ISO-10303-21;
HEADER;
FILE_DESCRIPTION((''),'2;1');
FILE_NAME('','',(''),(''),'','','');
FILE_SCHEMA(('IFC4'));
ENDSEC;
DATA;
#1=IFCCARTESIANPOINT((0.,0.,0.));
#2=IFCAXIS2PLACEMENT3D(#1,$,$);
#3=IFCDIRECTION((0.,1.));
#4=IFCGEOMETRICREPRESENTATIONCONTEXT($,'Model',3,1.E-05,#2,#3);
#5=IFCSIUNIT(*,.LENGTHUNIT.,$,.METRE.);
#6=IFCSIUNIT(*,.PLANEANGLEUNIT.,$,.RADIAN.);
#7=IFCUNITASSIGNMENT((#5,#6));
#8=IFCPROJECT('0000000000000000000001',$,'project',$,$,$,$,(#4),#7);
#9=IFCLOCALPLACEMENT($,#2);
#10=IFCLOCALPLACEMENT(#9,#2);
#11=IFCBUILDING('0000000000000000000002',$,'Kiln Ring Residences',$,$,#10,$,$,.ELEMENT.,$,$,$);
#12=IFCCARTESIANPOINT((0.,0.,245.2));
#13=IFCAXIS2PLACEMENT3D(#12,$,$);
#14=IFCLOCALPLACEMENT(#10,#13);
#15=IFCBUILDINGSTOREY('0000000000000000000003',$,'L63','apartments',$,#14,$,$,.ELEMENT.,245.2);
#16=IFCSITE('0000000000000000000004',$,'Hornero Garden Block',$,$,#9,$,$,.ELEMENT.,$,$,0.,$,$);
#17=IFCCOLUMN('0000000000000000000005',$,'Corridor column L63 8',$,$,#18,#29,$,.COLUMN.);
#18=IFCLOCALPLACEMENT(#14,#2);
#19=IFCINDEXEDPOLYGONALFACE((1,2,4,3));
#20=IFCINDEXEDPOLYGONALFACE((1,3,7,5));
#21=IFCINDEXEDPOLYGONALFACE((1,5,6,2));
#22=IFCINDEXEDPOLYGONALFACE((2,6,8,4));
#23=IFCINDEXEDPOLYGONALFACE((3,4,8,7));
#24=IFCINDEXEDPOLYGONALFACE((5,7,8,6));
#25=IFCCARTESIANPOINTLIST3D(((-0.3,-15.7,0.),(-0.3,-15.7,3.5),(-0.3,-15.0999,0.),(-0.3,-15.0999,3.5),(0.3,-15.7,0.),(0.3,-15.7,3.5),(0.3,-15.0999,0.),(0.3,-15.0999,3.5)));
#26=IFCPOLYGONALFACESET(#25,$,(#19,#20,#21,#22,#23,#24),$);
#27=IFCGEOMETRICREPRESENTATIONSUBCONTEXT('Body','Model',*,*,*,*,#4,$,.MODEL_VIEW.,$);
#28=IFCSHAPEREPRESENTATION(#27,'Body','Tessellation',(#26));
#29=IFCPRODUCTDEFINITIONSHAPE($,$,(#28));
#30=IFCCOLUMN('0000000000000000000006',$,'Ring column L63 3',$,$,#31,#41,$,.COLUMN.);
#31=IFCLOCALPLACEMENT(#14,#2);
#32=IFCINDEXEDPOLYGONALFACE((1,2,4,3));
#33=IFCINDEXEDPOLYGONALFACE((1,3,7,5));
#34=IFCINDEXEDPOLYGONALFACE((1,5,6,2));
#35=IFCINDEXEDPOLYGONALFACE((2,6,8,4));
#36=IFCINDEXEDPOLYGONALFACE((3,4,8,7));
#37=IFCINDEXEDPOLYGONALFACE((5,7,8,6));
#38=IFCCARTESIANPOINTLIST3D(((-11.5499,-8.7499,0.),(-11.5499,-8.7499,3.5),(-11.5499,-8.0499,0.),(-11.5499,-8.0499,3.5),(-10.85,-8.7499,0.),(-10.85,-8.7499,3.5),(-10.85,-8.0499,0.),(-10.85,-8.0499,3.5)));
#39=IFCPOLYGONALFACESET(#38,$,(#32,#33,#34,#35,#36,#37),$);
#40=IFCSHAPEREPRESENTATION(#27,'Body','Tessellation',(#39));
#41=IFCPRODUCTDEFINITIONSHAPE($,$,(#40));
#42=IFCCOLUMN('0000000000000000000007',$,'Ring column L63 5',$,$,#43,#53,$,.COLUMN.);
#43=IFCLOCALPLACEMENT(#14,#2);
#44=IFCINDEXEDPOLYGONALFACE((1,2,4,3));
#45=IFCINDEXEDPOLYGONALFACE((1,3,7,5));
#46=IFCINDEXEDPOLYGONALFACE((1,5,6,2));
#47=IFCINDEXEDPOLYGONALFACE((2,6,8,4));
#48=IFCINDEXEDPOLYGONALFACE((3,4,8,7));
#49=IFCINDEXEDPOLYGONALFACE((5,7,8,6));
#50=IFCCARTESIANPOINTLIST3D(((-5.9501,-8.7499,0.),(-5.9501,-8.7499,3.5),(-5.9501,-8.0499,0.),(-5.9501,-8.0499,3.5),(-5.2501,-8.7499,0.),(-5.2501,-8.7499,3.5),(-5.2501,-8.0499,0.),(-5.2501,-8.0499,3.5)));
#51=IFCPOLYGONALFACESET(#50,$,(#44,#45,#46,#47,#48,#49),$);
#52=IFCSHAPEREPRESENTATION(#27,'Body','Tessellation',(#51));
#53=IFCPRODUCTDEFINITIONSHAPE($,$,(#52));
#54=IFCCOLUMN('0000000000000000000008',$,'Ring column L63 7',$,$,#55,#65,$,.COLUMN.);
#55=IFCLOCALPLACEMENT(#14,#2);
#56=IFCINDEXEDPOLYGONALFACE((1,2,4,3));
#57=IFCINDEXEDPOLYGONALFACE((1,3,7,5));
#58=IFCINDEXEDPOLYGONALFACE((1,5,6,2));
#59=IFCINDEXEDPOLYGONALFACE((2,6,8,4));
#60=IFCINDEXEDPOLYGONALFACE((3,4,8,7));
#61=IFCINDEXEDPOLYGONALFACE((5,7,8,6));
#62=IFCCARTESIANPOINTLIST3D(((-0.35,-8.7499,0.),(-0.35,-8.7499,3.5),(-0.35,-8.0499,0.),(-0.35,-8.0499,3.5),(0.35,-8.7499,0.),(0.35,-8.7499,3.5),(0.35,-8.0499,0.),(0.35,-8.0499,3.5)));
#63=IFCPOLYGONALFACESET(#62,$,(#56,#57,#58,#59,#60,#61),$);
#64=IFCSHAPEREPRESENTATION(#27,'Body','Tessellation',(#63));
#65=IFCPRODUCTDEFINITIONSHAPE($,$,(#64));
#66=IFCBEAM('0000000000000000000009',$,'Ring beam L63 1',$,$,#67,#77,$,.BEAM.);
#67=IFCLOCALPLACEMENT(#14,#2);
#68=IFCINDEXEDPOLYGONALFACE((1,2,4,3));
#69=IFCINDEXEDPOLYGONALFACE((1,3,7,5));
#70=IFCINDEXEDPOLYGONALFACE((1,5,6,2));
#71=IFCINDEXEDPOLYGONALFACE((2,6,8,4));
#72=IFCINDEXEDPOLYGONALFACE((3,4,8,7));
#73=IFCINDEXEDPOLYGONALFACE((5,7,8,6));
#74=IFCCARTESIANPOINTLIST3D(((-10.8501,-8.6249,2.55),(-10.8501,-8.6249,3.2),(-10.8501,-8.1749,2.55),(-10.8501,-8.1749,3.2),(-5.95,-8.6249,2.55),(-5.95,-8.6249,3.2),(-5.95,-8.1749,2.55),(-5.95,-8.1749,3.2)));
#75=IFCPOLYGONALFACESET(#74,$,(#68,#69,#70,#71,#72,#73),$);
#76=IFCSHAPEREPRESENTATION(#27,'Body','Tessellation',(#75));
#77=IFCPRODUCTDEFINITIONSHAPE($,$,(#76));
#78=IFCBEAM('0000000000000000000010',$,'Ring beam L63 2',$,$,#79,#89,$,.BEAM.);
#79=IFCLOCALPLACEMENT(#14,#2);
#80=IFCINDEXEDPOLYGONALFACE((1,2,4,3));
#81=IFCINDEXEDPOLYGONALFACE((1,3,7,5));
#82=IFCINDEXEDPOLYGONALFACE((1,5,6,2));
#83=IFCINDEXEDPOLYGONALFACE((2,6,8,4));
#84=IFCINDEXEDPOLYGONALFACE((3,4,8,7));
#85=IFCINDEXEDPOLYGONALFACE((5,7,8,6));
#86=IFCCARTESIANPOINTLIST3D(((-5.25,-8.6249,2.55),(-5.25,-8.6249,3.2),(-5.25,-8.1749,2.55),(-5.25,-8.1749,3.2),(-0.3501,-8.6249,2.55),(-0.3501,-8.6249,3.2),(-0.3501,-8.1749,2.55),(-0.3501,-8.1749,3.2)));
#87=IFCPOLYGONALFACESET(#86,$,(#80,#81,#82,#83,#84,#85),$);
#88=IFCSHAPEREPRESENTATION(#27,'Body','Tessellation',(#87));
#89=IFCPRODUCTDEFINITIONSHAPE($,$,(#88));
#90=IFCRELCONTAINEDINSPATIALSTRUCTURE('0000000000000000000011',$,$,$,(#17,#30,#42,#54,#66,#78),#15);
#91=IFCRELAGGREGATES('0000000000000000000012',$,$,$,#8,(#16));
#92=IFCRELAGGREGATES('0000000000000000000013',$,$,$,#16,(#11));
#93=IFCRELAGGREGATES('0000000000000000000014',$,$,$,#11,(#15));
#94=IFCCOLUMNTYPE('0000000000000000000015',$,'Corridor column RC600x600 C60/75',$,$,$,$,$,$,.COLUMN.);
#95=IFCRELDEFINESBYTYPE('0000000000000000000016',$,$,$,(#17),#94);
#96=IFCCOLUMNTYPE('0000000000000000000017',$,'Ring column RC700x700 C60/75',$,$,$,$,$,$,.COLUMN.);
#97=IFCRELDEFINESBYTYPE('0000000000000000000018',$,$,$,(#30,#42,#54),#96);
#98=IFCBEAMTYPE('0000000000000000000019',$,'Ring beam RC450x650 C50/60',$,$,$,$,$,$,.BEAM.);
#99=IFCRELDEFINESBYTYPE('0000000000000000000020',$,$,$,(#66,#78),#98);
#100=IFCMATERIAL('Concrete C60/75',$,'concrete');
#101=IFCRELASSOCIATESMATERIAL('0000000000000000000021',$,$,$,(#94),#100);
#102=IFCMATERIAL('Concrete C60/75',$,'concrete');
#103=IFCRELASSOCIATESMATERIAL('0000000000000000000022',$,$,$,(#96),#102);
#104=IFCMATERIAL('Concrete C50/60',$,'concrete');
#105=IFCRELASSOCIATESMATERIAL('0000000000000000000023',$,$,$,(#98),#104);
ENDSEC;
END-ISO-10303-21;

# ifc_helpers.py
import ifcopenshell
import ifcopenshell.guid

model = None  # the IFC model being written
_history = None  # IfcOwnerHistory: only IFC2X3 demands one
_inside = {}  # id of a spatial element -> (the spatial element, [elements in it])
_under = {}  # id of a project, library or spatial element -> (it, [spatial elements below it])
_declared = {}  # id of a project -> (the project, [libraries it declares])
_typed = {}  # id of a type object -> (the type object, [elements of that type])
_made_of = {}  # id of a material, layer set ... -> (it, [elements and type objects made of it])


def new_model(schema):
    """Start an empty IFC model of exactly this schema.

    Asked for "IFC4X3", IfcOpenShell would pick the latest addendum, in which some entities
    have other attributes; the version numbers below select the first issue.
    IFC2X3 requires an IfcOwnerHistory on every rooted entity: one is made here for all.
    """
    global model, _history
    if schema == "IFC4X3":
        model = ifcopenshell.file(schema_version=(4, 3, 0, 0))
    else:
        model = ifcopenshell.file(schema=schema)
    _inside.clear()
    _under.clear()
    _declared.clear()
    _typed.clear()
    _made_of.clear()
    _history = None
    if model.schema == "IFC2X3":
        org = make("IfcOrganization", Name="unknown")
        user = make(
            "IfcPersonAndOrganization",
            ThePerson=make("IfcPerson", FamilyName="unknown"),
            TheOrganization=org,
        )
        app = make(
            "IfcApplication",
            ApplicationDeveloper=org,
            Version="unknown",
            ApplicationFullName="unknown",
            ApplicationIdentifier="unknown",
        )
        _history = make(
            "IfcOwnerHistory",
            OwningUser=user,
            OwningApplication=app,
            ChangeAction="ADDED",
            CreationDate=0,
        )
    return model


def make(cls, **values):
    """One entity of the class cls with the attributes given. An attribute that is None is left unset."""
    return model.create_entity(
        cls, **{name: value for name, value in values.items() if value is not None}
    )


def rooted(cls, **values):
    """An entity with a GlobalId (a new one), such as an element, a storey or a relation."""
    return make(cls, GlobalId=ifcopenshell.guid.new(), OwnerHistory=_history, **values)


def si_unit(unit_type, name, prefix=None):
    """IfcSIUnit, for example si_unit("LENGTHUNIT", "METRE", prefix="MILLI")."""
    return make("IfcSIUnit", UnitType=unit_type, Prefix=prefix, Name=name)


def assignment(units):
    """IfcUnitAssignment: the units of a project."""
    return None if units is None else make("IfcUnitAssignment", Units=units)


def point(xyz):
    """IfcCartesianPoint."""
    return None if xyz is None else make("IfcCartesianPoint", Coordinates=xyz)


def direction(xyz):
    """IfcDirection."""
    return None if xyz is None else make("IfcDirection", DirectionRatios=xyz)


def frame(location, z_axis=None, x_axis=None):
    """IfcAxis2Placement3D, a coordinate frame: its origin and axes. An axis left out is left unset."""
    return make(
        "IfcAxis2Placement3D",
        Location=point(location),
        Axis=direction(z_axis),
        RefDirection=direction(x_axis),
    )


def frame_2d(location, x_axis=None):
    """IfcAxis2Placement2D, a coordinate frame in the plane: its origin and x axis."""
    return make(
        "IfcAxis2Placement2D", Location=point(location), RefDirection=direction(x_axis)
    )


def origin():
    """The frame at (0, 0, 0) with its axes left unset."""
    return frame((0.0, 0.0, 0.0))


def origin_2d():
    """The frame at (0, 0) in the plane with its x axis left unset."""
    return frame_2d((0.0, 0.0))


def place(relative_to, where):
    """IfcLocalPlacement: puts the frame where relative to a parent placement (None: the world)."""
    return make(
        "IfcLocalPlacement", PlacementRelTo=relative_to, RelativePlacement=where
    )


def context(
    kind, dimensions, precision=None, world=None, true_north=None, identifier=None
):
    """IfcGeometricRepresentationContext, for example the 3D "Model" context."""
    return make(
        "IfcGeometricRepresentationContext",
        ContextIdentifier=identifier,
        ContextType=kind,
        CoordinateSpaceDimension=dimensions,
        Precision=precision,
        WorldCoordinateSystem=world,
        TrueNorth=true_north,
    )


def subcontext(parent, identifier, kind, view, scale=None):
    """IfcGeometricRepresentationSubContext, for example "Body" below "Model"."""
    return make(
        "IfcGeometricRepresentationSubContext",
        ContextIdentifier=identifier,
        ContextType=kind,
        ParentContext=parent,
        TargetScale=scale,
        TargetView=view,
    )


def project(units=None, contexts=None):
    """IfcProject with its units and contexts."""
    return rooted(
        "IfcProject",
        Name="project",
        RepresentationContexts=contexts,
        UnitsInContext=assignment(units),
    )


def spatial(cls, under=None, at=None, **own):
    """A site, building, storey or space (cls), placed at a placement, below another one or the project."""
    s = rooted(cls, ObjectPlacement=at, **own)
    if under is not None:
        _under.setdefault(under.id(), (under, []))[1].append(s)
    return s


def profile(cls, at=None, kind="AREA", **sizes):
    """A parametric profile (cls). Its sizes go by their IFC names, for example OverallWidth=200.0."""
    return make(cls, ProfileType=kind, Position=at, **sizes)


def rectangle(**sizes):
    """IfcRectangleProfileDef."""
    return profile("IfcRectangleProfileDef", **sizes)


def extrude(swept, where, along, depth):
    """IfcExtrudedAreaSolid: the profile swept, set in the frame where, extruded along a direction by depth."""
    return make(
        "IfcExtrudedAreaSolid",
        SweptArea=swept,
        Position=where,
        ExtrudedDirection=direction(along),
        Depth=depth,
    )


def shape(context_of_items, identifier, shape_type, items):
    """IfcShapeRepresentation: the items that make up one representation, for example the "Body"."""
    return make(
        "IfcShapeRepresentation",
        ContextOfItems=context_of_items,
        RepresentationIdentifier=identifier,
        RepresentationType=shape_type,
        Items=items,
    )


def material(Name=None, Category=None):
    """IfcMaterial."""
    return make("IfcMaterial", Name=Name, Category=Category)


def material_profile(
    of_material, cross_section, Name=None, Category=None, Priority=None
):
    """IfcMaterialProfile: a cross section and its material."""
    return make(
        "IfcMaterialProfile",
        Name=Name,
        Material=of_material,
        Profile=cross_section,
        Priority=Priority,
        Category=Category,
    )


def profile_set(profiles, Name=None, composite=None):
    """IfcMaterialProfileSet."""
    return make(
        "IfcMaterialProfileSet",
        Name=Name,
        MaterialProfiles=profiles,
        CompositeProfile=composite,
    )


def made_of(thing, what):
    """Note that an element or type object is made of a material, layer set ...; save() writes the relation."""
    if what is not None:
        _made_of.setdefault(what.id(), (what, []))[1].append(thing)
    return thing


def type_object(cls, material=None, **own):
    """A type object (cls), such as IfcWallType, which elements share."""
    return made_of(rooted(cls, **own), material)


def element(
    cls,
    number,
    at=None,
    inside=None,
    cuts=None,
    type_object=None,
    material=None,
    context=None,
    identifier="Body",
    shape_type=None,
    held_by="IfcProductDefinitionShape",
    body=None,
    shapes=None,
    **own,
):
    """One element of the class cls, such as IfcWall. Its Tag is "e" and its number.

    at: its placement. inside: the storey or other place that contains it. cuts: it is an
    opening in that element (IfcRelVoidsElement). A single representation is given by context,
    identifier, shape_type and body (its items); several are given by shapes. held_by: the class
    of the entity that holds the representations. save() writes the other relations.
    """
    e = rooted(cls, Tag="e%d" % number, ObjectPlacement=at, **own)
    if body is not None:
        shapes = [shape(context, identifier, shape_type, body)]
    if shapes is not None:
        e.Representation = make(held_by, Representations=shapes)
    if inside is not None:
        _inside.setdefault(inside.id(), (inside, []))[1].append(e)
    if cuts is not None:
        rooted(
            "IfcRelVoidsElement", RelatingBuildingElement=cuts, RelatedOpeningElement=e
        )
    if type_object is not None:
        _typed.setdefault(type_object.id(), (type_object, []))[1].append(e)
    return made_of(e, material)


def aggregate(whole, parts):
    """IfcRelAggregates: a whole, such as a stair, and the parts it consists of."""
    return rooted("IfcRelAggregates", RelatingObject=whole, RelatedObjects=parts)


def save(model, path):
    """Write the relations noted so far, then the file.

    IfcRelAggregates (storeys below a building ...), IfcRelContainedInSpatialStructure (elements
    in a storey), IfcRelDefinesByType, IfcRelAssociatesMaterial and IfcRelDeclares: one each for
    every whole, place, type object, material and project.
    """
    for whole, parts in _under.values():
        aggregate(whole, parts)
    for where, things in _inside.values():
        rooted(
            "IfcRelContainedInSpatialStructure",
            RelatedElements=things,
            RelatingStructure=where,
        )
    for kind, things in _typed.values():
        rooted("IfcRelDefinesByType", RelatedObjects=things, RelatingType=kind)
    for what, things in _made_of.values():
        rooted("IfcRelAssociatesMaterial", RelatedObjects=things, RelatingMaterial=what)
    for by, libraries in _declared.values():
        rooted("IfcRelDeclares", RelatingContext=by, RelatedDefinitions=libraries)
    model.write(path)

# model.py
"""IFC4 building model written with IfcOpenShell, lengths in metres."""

from ifc_helpers import new_model, si_unit, direction, frame, origin, origin_2d, place, context, subcontext, project, spatial, rectangle, extrude, material, material_profile, profile_set, type_object, element, save


model = new_model("IFC4")

# Units and contexts
model_context = context("Model", 3, precision=1e-05, world=origin(), true_north=direction((0.0, 1.0)))
body_context = subcontext(model_context, "Body", "Model", "MODEL_VIEW")
ifc_project = project(units=[si_unit("LENGTHUNIT", "METRE"), si_unit("PLANEANGLEUNIT", "RADIAN")], contexts=[model_context])

# Site, building, storey
site_placement = place(None, origin())
site = spatial("IfcSite", under=ifc_project, at=site_placement, Name="Hornero Garden Block", CompositionType="ELEMENT", RefElevation=0.0)
building_placement = place(site_placement, origin())
building = spatial("IfcBuilding", under=site, at=building_placement, Name="Kiln Ring Residences", CompositionType="ELEMENT")
storey_placement = place(building_placement, frame((0.0, 0.0, 245.2)))
storey = spatial("IfcBuildingStorey", under=building, at=storey_placement, Name="L63", Description="apartments", CompositionType="ELEMENT", Elevation=245.2)

# Columns
ifc_material_1 = material(Name="Concrete C60/75", Category="concrete")
ifc_material_profile_1 = material_profile(ifc_material_1, rectangle(XDim=0.6001, YDim=0.6001, at=origin_2d()), Name="RC600x600")
ifc_profile_set_1 = profile_set([ifc_material_profile_1], Name="Concrete C60/75")
column_type_1 = type_object("IfcColumnType", Name="Corridor column RC600x600 C60/75", PredefinedType="COLUMN", material=ifc_profile_set_1)
column_placement = place(storey_placement, frame((0.0, -15.3999, 0.0), z_axis=(0.0, 0.0, 1.0), x_axis=(1.0, 0.0, 0.0)))
element("IfcColumn", 1, at=column_placement, inside=storey, type_object=column_type_1, Name="Corridor column L63 8", PredefinedType="COLUMN", context=body_context, shape_type="SweptSolid", body=[
    extrude(rectangle(XDim=0.6001, YDim=0.6001, at=origin_2d()), origin(), (0.0, 0.0, 1.0), 3.5),
])
ifc_material_2 = material(Name="Concrete C60/75", Category="concrete")
ifc_material_profile_2 = material_profile(ifc_material_2, rectangle(XDim=0.7, YDim=0.7, at=origin_2d()), Name="RC700x700")
ifc_profile_set_2 = profile_set([ifc_material_profile_2], Name="Concrete C60/75")
column_type_2 = type_object("IfcColumnType", Name="Ring column RC700x700 C60/75", PredefinedType="COLUMN", material=ifc_profile_set_2)
for number, where, z_axis, x_axis, name in (
    (2, (-11.2, -8.3999, 0.0), (0.0, 0.0, 1.0), (1.0, 0.0, 0.0), "Ring column L63 3"),
    (3, (-5.6001, -8.3999, 0.0), (0.0, 0.0, 1.0), (1.0, 0.0, 0.0), "Ring column L63 5"),
    (4, (0.0, -8.3999, 0.0), (0.0, 0.0, 1.0), (1.0, 0.0, 0.0), "Ring column L63 7"),
):
    element("IfcColumn", number, at=place(storey_placement, frame(where, z_axis=z_axis, x_axis=x_axis)), inside=storey, type_object=column_type_2, Name=name, PredefinedType="COLUMN", context=body_context, shape_type="SweptSolid", body=[
        extrude(rectangle(XDim=0.7, YDim=0.7, at=origin_2d()), origin(), (0.0, 0.0, 1.0), 3.5),
    ])

# Beams
ifc_material_3 = material(Name="Concrete C50/60", Category="concrete")
ifc_material_profile_3 = material_profile(ifc_material_3, rectangle(XDim=0.45, YDim=0.6499, at=origin_2d()), Name="RC450x650")
ifc_profile_set_3 = profile_set([ifc_material_profile_3], Name="Concrete C50/60")
beam_type = type_object("IfcBeamType", Name="Ring beam RC450x650 C50/60", PredefinedType="BEAM", material=ifc_profile_set_3)
beam_1_placement = place(storey_placement, frame((-10.8501, -8.3999, 2.875), z_axis=(1.0, 0.0, 0.0), x_axis=(0.0, 1.0, 0.0)))
element("IfcBeam", 5, at=beam_1_placement, inside=storey, type_object=beam_type, Name="Ring beam L63 1", PredefinedType="BEAM", context=body_context, shape_type="SweptSolid", body=[
    extrude(rectangle(XDim=0.45, YDim=0.6499, at=origin_2d()), origin(), (0.0, 0.0, 1.0), 4.9001),
])
beam_2_placement = place(storey_placement, frame((-5.25, -8.3999, 2.875), z_axis=(1.0, 0.0, 0.0), x_axis=(0.0, 1.0, 0.0)))
element("IfcBeam", 6, at=beam_2_placement, inside=storey, type_object=beam_type, Name="Ring beam L63 2", PredefinedType="BEAM", context=body_context, shape_type="SweptSolid", body=[
    extrude(rectangle(XDim=0.45, YDim=0.6499, at=origin_2d()), origin(), (0.0, 0.0, 1.0), 4.8999),
])

save(model, "model.ifc")
